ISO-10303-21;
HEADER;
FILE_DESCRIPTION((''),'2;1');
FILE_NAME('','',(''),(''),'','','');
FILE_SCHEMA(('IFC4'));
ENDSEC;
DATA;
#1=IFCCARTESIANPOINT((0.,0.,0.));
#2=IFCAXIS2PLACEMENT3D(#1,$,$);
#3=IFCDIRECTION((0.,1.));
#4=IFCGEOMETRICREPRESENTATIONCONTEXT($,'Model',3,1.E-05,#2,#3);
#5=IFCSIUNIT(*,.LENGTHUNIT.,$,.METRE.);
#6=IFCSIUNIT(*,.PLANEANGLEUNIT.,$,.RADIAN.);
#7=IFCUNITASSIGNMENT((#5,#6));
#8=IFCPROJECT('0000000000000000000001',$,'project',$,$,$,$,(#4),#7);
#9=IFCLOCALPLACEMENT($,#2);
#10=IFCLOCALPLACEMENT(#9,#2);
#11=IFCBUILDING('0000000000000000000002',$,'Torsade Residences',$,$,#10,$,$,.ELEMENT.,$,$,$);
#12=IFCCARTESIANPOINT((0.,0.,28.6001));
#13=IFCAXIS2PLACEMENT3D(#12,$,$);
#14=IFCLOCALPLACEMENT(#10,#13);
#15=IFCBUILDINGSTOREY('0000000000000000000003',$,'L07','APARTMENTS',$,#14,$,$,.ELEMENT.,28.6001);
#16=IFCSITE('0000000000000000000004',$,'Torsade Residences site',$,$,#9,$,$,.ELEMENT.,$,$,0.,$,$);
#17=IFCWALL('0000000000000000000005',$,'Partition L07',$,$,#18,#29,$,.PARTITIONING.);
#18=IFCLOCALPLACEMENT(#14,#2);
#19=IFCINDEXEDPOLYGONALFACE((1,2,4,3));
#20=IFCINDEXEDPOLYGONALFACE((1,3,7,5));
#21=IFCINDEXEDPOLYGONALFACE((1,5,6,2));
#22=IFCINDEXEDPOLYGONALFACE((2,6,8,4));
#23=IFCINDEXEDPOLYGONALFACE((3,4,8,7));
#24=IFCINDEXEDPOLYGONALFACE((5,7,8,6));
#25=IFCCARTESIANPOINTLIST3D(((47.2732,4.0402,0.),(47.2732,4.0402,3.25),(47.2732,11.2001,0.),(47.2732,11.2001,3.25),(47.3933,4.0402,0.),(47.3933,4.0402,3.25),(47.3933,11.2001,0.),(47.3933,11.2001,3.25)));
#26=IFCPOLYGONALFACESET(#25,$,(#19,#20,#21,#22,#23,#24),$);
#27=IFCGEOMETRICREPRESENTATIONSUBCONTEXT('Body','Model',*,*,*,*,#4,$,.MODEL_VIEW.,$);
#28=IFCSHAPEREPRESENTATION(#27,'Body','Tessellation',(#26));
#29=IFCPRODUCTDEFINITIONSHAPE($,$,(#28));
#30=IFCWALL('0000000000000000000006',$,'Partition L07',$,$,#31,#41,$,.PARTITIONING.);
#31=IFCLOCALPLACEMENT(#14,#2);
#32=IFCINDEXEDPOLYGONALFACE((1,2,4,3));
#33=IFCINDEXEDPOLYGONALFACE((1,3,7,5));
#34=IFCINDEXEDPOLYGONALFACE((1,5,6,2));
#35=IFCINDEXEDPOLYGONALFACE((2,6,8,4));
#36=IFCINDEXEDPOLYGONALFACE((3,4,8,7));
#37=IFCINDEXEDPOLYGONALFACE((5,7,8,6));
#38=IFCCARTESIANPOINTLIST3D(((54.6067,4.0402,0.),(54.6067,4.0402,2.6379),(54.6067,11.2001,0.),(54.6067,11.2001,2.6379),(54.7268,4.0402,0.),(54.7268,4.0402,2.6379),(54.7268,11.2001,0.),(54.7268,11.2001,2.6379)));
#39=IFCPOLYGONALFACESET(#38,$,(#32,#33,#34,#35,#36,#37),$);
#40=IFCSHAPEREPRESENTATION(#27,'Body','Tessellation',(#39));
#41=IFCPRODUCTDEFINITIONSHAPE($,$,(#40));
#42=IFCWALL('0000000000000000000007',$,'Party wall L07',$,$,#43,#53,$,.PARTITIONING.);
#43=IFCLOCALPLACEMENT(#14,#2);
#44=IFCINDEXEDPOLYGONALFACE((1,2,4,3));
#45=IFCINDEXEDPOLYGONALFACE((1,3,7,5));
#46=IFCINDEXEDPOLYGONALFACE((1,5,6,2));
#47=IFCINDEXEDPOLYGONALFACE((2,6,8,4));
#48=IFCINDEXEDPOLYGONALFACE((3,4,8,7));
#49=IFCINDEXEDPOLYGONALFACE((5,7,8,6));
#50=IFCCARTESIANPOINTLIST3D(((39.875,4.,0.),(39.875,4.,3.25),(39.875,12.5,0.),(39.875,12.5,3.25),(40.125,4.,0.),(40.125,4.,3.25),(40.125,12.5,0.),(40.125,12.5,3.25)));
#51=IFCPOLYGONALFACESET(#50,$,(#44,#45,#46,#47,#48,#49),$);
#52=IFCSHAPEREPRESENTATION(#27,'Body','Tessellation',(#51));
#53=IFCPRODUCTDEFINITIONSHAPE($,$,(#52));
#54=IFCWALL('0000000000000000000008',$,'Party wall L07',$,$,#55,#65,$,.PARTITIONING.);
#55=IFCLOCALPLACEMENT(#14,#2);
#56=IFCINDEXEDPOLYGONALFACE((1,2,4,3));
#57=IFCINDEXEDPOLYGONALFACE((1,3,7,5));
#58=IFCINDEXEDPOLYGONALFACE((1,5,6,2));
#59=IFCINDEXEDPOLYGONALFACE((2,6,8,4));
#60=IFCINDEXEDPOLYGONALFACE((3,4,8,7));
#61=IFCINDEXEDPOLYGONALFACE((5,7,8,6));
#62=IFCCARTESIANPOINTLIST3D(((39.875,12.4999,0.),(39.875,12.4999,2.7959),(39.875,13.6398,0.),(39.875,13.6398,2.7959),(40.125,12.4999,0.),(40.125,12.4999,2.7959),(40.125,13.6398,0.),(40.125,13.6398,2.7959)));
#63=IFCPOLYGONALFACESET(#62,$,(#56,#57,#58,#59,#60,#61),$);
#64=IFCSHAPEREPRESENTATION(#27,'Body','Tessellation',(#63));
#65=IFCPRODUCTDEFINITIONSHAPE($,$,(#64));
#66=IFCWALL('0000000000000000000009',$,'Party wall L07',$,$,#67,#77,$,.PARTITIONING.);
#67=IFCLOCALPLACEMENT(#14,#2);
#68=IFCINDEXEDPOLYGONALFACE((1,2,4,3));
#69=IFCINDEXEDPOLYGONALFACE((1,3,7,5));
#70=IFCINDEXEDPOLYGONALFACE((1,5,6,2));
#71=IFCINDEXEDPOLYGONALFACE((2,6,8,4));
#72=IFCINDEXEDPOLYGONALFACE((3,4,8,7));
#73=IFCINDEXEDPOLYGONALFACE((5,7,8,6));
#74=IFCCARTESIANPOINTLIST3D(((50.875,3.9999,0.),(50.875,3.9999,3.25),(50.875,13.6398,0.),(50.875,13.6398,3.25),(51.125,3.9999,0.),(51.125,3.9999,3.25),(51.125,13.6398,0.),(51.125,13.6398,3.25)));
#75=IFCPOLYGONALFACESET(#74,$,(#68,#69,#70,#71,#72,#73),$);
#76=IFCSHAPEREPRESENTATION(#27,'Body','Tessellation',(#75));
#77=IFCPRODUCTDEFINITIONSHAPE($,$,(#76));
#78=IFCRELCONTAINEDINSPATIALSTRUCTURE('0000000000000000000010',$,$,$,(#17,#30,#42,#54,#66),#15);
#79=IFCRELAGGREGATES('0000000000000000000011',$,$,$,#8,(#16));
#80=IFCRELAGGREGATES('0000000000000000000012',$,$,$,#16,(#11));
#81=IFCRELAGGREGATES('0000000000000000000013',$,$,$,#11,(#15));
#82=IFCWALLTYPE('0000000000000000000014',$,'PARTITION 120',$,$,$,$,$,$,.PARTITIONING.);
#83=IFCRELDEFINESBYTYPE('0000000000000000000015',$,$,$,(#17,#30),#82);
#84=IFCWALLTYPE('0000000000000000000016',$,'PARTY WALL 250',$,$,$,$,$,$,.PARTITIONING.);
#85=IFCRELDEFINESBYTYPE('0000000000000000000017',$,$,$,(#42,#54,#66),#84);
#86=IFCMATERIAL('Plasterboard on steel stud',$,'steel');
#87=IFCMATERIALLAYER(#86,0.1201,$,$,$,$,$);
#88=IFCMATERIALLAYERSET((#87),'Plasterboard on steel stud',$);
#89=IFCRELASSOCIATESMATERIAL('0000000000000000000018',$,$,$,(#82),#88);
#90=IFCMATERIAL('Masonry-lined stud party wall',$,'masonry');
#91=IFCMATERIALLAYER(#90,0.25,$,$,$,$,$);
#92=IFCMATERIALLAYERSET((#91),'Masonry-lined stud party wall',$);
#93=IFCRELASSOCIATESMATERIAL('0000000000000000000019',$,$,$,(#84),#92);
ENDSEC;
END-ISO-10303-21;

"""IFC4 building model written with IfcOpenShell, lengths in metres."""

from ifc_helpers import new_model, si_unit, direction, frame, frame_2d, origin, place, context, subcontext, project, spatial, rectangle, extrude, material, layer, layer_set, type_object, element, save


model = new_model("IFC4")

# Units and contexts
model_context = context("Model", 3, precision=1e-05, world=origin(), true_north=direction((0.0, 1.0)))
body_context = subcontext(model_context, "Body", "Model", "MODEL_VIEW")
ifc_project = project(units=[si_unit("LENGTHUNIT", "METRE"), si_unit("PLANEANGLEUNIT", "RADIAN")], contexts=[model_context])

# Site, building, storey
site_placement = place(None, origin())
site = spatial("IfcSite", under=ifc_project, at=site_placement, Name="Torsade Residences site", CompositionType="ELEMENT", RefElevation=0.0)
building_placement = place(site_placement, origin())
building = spatial("IfcBuilding", under=site, at=building_placement, Name="Torsade Residences", CompositionType="ELEMENT")
storey_placement = place(building_placement, frame((0.0, 0.0, 28.6001)))
storey = spatial("IfcBuildingStorey", under=building, at=storey_placement, Name="L07", Description="APARTMENTS", CompositionType="ELEMENT", Elevation=28.6001)

# Shared definitions
ifc_material_1 = material(Name="Plasterboard on steel stud", Category="steel")
ifc_layer_1 = layer(ifc_material_1, 0.1201)
ifc_layer_set_1 = layer_set([ifc_layer_1], Name="Plasterboard on steel stud")
wall_type_1 = type_object("IfcWallType", Name="PARTITION 120", PredefinedType="PARTITIONING", material=ifc_layer_set_1)

# Walls
wall_1_placement = place(storey_placement, frame((47.3333, 4.04, 0.0), z_axis=(0.0, 0.0, 1.0), x_axis=(0.0, 1.0, 0.0)))
element("IfcWall", 1, at=wall_1_placement, inside=storey, type_object=wall_type_1, Name="Partition L07", PredefinedType="PARTITIONING", context=body_context, shape_type="SweptSolid", body=[
    extrude(rectangle(XDim=7.1599, YDim=0.1201, at=frame_2d((3.5801, 0.0))), origin(), (0.0, 0.0, 1.0), 3.25),
])
wall_2_placement = place(storey_placement, frame((54.6667, 4.04, 0.0), z_axis=(0.0, 0.0, 1.0), x_axis=(0.0, 1.0, 0.0)))
element("IfcWall", 2, at=wall_2_placement, inside=storey, type_object=wall_type_1, Name="Partition L07", PredefinedType="PARTITIONING", context=body_context, shape_type="SweptSolid", body=[
    extrude(rectangle(XDim=7.1599, YDim=0.1201, at=frame_2d((3.5801, 0.0))), origin(), (0.0, 0.0, 1.0), 2.6379),
])
ifc_material_2 = material(Name="Masonry-lined stud party wall", Category="masonry")
ifc_layer_2 = layer(ifc_material_2, 0.25)
ifc_layer_set_2 = layer_set([ifc_layer_2], Name="Masonry-lined stud party wall")
wall_type_2 = type_object("IfcWallType", Name="PARTY WALL 250", PredefinedType="PARTITIONING", material=ifc_layer_set_2)
wall_3_placement = place(storey_placement, frame((40.0, 4.0, 0.0), z_axis=(0.0, 0.0, 1.0), x_axis=(0.0, 1.0, 0.0)))
element("IfcWall", 3, at=wall_3_placement, inside=storey, type_object=wall_type_2, Name="Party wall L07", PredefinedType="PARTITIONING", context=body_context, shape_type="SweptSolid", body=[
    extrude(rectangle(XDim=8.5, YDim=0.25, at=frame_2d((4.25, 0.0))), origin(), (0.0, 0.0, 1.0), 3.25),
])
wall_4_placement = place(storey_placement, frame((40.0, 12.5, 0.0), z_axis=(0.0, 0.0, 1.0), x_axis=(0.0, 1.0, 0.0)))
element("IfcWall", 4, at=wall_4_placement, inside=storey, type_object=wall_type_2, Name="Party wall L07", PredefinedType="PARTITIONING", context=body_context, shape_type="SweptSolid", body=[
    extrude(rectangle(XDim=1.1399, YDim=0.25, at=frame_2d((0.5698, 0.0))), origin(), (0.0, 0.0, 1.0), 2.7959),
])
wall_5_placement = place(storey_placement, frame((51.0, 4.0, 0.0), z_axis=(0.0, 0.0, 1.0), x_axis=(0.0, 1.0, 0.0)))
element("IfcWall", 5, at=wall_5_placement, inside=storey, type_object=wall_type_2, Name="Party wall L07", PredefinedType="PARTITIONING", context=body_context, shape_type="SweptSolid", body=[
    extrude(rectangle(XDim=9.6399, YDim=0.25, at=frame_2d((4.8198, 0.0))), origin(), (0.0, 0.0, 1.0), 3.25),
])

save(model, "model.ifc")
